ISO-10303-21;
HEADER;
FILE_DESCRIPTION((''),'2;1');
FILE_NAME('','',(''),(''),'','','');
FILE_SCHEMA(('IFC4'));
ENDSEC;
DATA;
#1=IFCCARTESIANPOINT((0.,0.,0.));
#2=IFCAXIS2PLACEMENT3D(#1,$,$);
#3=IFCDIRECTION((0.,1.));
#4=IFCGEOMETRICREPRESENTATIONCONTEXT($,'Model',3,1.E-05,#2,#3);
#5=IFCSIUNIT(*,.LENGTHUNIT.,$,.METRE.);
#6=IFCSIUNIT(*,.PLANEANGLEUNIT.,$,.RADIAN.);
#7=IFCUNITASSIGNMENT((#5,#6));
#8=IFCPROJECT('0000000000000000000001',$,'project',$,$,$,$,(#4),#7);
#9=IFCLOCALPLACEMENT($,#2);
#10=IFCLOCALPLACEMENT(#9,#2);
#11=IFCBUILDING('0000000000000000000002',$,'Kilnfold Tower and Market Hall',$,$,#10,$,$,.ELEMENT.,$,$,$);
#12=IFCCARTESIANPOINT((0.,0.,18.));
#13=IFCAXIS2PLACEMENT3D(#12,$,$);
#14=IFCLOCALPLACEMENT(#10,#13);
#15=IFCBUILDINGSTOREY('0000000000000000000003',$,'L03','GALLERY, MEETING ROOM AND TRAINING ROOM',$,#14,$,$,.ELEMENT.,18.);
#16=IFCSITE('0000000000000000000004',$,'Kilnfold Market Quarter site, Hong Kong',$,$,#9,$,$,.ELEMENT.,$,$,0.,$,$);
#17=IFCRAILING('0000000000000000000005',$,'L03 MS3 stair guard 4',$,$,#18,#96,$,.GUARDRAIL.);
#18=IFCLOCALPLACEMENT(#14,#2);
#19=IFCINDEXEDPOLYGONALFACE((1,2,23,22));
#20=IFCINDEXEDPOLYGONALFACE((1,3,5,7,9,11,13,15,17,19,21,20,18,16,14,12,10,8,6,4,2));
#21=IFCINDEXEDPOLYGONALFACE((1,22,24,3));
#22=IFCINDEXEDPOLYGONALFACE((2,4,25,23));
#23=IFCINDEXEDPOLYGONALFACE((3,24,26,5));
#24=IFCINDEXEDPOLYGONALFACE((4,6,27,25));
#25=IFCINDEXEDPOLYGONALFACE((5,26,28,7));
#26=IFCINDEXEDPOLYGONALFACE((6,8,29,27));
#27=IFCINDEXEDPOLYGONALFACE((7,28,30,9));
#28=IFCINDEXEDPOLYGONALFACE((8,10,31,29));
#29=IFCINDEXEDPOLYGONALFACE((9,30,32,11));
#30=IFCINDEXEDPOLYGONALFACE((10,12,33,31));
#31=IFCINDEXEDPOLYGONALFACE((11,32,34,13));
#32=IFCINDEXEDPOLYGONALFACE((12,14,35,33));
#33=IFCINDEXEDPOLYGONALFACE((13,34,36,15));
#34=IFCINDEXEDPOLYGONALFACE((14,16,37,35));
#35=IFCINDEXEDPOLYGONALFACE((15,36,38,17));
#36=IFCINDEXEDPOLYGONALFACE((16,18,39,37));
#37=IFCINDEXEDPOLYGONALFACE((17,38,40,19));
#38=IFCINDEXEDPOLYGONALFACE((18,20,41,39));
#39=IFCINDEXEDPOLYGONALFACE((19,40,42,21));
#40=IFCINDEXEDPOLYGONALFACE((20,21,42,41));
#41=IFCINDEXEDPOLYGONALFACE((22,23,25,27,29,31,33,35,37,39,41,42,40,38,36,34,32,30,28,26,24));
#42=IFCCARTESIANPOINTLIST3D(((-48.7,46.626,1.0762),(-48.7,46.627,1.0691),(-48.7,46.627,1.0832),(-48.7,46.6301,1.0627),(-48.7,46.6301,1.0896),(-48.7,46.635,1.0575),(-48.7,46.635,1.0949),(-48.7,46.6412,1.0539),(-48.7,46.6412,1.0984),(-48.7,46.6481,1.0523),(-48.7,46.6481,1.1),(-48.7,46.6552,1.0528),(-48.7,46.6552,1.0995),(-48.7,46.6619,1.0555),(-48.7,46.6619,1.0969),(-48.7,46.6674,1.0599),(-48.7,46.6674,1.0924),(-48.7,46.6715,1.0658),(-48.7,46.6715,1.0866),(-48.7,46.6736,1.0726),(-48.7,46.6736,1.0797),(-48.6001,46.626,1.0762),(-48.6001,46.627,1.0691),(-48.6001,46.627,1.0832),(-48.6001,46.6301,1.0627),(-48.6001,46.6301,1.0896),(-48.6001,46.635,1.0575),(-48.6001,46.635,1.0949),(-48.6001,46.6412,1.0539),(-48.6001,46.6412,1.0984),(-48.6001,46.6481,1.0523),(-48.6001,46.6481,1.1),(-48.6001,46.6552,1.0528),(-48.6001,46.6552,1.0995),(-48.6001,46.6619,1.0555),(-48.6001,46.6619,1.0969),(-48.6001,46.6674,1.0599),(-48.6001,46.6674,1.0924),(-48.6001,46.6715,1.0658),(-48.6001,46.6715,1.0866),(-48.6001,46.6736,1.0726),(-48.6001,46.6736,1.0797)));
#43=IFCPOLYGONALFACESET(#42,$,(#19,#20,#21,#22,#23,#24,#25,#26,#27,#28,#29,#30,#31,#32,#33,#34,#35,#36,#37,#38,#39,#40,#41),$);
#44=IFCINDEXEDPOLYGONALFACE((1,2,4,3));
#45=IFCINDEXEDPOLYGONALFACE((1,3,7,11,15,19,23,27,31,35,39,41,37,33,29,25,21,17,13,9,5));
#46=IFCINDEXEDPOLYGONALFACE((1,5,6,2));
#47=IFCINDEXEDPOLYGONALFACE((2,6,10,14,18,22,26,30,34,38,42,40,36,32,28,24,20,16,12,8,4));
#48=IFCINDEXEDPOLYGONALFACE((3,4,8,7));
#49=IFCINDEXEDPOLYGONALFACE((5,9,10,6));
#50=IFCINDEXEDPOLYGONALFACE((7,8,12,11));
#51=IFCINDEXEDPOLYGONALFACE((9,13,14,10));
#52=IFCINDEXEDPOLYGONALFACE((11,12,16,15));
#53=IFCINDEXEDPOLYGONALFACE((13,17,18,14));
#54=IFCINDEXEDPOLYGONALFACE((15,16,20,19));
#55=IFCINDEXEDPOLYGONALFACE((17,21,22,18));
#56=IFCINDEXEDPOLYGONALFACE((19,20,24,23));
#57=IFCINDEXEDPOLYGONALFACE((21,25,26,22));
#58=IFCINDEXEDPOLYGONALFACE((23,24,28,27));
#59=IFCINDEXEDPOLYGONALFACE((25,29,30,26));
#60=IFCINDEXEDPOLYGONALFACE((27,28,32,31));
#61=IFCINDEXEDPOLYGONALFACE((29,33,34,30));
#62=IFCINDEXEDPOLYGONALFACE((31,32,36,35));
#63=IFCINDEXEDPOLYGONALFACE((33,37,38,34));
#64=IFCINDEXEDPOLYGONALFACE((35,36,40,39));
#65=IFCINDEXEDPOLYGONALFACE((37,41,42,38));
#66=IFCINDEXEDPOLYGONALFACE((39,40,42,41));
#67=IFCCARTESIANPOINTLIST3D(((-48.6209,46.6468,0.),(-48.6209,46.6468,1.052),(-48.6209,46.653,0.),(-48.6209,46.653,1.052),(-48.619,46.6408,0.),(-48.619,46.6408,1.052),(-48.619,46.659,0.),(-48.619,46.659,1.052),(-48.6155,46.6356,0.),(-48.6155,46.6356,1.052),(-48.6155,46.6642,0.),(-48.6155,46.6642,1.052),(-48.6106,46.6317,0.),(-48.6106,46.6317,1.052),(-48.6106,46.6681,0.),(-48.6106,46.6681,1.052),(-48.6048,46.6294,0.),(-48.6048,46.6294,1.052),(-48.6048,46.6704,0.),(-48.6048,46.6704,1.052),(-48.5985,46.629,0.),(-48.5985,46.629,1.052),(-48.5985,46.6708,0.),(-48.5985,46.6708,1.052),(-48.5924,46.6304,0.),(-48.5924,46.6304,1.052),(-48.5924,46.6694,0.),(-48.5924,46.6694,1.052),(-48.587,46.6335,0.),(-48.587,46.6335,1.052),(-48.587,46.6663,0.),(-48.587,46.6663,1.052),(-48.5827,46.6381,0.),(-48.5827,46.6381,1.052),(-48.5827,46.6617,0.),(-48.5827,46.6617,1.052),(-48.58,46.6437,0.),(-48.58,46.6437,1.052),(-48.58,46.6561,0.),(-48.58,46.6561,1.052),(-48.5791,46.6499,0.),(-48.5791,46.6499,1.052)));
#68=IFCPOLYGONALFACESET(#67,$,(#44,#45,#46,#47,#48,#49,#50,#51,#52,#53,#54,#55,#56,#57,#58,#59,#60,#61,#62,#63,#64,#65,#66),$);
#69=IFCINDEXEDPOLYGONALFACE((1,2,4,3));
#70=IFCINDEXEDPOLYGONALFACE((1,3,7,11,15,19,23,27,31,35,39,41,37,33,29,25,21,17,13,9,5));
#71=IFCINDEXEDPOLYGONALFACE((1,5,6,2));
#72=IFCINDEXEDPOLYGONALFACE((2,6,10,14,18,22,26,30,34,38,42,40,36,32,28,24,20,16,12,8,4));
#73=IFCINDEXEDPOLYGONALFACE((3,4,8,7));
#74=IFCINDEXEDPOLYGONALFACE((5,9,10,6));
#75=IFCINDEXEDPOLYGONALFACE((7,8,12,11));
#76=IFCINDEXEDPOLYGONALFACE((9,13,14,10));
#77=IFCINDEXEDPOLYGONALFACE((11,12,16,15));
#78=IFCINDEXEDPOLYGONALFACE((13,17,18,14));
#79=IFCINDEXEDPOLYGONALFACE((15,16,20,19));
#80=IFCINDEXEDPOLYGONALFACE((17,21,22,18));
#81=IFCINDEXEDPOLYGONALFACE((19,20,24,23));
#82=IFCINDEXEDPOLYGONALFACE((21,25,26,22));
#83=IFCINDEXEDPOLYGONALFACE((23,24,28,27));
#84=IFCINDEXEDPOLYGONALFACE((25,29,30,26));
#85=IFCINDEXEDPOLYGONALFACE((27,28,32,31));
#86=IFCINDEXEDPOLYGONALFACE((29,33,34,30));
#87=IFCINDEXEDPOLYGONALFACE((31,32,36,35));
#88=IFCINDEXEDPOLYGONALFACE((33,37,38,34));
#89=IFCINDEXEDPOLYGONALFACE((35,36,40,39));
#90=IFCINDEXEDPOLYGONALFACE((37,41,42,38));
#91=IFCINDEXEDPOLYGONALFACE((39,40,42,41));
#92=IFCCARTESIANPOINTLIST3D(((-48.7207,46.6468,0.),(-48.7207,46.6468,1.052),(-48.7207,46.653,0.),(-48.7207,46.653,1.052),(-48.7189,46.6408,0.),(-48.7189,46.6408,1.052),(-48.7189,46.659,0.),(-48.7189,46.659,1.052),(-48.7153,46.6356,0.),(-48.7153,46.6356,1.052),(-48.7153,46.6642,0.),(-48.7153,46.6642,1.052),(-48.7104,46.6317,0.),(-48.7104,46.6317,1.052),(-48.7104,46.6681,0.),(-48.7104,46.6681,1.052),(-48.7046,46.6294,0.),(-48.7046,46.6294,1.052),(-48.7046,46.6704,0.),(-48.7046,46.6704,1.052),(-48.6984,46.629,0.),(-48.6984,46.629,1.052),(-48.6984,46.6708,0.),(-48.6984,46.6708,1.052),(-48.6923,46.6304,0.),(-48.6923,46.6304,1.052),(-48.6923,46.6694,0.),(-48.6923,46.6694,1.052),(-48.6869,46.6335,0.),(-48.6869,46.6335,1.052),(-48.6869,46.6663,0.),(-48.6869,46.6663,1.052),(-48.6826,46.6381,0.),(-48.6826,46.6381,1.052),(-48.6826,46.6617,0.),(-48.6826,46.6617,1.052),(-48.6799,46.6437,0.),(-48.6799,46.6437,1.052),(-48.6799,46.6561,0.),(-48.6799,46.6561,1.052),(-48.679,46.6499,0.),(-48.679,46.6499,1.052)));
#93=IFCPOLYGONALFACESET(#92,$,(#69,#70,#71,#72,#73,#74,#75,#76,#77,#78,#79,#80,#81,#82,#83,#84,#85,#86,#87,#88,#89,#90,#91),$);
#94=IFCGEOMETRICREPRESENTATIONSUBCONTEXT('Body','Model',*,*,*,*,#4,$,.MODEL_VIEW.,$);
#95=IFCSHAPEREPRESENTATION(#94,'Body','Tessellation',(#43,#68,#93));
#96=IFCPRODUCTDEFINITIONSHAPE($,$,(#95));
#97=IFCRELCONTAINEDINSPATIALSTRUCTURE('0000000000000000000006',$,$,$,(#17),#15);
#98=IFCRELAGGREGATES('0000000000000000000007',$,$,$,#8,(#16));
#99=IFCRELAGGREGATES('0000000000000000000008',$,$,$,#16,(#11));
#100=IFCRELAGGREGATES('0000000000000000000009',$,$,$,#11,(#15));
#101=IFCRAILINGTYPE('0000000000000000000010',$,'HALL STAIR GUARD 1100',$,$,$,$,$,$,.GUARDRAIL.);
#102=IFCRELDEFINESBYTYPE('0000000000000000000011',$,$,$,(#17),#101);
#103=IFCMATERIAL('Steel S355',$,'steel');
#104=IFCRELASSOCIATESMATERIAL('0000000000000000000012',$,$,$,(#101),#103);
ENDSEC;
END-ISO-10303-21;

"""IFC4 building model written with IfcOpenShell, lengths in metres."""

from ifc_helpers import new_model, si_unit, direction, frame, origin, origin_2d, place, context, subcontext, project, spatial, circle, extrude, material, type_object, element, save


model = new_model("IFC4")

# Units and contexts
model_context = context("Model", 3, precision=1e-05, world=origin(), true_north=direction((0.0, 1.0)))
body_context = subcontext(model_context, "Body", "Model", "MODEL_VIEW")
ifc_project = project(units=[si_unit("LENGTHUNIT", "METRE"), si_unit("PLANEANGLEUNIT", "RADIAN")], contexts=[model_context])

# Site, building, storey
site_placement = place(None, origin())
site = spatial("IfcSite", under=ifc_project, at=site_placement, Name="Kilnfold Market Quarter site, Hong Kong", CompositionType="ELEMENT", RefElevation=0.0)
building_placement = place(site_placement, origin())
building = spatial("IfcBuilding", under=site, at=building_placement, Name="Kilnfold Tower and Market Hall", CompositionType="ELEMENT")
storey_placement = place(building_placement, frame((0.0, 0.0, 18.0)))
storey = spatial("IfcBuildingStorey", under=building, at=storey_placement, Name="L03", Description="GALLERY, MEETING ROOM AND TRAINING ROOM", CompositionType="ELEMENT", Elevation=18.0)

# Railing
ifc_material_1 = material(Name="Steel S355", Category="steel")
railing_type_1 = type_object("IfcRailingType", Name="HALL STAIR GUARD 1100", PredefinedType="GUARDRAIL", material=ifc_material_1)
railing_1_placement = place(storey_placement, frame((-48.6001, 46.6499, 0.0)))
element("IfcRailing", 1, at=railing_1_placement, inside=storey, type_object=railing_type_1, Name="L03 MS3 stair guard 4", PredefinedType="GUARDRAIL", context=body_context, shape_type="SweptSolid", body=[
    extrude(circle(Radius=0.0239, at=origin_2d()), frame((0.0, 0.0, 1.0762), z_axis=(-1.0, 0.0, 0.0), x_axis=(0.0, -1.0, 0.0)), (0.0, 0.0, 1.0), 0.0999),
    extrude(circle(Radius=0.021, at=origin_2d()), origin(), (0.0, 0.0, 1.0), 1.052),
    extrude(circle(Radius=0.021, at=origin_2d()), frame((-0.0999, 0.0, 0.0)), (0.0, 0.0, 1.0), 1.052),
])

save(model, "model.ifc")
